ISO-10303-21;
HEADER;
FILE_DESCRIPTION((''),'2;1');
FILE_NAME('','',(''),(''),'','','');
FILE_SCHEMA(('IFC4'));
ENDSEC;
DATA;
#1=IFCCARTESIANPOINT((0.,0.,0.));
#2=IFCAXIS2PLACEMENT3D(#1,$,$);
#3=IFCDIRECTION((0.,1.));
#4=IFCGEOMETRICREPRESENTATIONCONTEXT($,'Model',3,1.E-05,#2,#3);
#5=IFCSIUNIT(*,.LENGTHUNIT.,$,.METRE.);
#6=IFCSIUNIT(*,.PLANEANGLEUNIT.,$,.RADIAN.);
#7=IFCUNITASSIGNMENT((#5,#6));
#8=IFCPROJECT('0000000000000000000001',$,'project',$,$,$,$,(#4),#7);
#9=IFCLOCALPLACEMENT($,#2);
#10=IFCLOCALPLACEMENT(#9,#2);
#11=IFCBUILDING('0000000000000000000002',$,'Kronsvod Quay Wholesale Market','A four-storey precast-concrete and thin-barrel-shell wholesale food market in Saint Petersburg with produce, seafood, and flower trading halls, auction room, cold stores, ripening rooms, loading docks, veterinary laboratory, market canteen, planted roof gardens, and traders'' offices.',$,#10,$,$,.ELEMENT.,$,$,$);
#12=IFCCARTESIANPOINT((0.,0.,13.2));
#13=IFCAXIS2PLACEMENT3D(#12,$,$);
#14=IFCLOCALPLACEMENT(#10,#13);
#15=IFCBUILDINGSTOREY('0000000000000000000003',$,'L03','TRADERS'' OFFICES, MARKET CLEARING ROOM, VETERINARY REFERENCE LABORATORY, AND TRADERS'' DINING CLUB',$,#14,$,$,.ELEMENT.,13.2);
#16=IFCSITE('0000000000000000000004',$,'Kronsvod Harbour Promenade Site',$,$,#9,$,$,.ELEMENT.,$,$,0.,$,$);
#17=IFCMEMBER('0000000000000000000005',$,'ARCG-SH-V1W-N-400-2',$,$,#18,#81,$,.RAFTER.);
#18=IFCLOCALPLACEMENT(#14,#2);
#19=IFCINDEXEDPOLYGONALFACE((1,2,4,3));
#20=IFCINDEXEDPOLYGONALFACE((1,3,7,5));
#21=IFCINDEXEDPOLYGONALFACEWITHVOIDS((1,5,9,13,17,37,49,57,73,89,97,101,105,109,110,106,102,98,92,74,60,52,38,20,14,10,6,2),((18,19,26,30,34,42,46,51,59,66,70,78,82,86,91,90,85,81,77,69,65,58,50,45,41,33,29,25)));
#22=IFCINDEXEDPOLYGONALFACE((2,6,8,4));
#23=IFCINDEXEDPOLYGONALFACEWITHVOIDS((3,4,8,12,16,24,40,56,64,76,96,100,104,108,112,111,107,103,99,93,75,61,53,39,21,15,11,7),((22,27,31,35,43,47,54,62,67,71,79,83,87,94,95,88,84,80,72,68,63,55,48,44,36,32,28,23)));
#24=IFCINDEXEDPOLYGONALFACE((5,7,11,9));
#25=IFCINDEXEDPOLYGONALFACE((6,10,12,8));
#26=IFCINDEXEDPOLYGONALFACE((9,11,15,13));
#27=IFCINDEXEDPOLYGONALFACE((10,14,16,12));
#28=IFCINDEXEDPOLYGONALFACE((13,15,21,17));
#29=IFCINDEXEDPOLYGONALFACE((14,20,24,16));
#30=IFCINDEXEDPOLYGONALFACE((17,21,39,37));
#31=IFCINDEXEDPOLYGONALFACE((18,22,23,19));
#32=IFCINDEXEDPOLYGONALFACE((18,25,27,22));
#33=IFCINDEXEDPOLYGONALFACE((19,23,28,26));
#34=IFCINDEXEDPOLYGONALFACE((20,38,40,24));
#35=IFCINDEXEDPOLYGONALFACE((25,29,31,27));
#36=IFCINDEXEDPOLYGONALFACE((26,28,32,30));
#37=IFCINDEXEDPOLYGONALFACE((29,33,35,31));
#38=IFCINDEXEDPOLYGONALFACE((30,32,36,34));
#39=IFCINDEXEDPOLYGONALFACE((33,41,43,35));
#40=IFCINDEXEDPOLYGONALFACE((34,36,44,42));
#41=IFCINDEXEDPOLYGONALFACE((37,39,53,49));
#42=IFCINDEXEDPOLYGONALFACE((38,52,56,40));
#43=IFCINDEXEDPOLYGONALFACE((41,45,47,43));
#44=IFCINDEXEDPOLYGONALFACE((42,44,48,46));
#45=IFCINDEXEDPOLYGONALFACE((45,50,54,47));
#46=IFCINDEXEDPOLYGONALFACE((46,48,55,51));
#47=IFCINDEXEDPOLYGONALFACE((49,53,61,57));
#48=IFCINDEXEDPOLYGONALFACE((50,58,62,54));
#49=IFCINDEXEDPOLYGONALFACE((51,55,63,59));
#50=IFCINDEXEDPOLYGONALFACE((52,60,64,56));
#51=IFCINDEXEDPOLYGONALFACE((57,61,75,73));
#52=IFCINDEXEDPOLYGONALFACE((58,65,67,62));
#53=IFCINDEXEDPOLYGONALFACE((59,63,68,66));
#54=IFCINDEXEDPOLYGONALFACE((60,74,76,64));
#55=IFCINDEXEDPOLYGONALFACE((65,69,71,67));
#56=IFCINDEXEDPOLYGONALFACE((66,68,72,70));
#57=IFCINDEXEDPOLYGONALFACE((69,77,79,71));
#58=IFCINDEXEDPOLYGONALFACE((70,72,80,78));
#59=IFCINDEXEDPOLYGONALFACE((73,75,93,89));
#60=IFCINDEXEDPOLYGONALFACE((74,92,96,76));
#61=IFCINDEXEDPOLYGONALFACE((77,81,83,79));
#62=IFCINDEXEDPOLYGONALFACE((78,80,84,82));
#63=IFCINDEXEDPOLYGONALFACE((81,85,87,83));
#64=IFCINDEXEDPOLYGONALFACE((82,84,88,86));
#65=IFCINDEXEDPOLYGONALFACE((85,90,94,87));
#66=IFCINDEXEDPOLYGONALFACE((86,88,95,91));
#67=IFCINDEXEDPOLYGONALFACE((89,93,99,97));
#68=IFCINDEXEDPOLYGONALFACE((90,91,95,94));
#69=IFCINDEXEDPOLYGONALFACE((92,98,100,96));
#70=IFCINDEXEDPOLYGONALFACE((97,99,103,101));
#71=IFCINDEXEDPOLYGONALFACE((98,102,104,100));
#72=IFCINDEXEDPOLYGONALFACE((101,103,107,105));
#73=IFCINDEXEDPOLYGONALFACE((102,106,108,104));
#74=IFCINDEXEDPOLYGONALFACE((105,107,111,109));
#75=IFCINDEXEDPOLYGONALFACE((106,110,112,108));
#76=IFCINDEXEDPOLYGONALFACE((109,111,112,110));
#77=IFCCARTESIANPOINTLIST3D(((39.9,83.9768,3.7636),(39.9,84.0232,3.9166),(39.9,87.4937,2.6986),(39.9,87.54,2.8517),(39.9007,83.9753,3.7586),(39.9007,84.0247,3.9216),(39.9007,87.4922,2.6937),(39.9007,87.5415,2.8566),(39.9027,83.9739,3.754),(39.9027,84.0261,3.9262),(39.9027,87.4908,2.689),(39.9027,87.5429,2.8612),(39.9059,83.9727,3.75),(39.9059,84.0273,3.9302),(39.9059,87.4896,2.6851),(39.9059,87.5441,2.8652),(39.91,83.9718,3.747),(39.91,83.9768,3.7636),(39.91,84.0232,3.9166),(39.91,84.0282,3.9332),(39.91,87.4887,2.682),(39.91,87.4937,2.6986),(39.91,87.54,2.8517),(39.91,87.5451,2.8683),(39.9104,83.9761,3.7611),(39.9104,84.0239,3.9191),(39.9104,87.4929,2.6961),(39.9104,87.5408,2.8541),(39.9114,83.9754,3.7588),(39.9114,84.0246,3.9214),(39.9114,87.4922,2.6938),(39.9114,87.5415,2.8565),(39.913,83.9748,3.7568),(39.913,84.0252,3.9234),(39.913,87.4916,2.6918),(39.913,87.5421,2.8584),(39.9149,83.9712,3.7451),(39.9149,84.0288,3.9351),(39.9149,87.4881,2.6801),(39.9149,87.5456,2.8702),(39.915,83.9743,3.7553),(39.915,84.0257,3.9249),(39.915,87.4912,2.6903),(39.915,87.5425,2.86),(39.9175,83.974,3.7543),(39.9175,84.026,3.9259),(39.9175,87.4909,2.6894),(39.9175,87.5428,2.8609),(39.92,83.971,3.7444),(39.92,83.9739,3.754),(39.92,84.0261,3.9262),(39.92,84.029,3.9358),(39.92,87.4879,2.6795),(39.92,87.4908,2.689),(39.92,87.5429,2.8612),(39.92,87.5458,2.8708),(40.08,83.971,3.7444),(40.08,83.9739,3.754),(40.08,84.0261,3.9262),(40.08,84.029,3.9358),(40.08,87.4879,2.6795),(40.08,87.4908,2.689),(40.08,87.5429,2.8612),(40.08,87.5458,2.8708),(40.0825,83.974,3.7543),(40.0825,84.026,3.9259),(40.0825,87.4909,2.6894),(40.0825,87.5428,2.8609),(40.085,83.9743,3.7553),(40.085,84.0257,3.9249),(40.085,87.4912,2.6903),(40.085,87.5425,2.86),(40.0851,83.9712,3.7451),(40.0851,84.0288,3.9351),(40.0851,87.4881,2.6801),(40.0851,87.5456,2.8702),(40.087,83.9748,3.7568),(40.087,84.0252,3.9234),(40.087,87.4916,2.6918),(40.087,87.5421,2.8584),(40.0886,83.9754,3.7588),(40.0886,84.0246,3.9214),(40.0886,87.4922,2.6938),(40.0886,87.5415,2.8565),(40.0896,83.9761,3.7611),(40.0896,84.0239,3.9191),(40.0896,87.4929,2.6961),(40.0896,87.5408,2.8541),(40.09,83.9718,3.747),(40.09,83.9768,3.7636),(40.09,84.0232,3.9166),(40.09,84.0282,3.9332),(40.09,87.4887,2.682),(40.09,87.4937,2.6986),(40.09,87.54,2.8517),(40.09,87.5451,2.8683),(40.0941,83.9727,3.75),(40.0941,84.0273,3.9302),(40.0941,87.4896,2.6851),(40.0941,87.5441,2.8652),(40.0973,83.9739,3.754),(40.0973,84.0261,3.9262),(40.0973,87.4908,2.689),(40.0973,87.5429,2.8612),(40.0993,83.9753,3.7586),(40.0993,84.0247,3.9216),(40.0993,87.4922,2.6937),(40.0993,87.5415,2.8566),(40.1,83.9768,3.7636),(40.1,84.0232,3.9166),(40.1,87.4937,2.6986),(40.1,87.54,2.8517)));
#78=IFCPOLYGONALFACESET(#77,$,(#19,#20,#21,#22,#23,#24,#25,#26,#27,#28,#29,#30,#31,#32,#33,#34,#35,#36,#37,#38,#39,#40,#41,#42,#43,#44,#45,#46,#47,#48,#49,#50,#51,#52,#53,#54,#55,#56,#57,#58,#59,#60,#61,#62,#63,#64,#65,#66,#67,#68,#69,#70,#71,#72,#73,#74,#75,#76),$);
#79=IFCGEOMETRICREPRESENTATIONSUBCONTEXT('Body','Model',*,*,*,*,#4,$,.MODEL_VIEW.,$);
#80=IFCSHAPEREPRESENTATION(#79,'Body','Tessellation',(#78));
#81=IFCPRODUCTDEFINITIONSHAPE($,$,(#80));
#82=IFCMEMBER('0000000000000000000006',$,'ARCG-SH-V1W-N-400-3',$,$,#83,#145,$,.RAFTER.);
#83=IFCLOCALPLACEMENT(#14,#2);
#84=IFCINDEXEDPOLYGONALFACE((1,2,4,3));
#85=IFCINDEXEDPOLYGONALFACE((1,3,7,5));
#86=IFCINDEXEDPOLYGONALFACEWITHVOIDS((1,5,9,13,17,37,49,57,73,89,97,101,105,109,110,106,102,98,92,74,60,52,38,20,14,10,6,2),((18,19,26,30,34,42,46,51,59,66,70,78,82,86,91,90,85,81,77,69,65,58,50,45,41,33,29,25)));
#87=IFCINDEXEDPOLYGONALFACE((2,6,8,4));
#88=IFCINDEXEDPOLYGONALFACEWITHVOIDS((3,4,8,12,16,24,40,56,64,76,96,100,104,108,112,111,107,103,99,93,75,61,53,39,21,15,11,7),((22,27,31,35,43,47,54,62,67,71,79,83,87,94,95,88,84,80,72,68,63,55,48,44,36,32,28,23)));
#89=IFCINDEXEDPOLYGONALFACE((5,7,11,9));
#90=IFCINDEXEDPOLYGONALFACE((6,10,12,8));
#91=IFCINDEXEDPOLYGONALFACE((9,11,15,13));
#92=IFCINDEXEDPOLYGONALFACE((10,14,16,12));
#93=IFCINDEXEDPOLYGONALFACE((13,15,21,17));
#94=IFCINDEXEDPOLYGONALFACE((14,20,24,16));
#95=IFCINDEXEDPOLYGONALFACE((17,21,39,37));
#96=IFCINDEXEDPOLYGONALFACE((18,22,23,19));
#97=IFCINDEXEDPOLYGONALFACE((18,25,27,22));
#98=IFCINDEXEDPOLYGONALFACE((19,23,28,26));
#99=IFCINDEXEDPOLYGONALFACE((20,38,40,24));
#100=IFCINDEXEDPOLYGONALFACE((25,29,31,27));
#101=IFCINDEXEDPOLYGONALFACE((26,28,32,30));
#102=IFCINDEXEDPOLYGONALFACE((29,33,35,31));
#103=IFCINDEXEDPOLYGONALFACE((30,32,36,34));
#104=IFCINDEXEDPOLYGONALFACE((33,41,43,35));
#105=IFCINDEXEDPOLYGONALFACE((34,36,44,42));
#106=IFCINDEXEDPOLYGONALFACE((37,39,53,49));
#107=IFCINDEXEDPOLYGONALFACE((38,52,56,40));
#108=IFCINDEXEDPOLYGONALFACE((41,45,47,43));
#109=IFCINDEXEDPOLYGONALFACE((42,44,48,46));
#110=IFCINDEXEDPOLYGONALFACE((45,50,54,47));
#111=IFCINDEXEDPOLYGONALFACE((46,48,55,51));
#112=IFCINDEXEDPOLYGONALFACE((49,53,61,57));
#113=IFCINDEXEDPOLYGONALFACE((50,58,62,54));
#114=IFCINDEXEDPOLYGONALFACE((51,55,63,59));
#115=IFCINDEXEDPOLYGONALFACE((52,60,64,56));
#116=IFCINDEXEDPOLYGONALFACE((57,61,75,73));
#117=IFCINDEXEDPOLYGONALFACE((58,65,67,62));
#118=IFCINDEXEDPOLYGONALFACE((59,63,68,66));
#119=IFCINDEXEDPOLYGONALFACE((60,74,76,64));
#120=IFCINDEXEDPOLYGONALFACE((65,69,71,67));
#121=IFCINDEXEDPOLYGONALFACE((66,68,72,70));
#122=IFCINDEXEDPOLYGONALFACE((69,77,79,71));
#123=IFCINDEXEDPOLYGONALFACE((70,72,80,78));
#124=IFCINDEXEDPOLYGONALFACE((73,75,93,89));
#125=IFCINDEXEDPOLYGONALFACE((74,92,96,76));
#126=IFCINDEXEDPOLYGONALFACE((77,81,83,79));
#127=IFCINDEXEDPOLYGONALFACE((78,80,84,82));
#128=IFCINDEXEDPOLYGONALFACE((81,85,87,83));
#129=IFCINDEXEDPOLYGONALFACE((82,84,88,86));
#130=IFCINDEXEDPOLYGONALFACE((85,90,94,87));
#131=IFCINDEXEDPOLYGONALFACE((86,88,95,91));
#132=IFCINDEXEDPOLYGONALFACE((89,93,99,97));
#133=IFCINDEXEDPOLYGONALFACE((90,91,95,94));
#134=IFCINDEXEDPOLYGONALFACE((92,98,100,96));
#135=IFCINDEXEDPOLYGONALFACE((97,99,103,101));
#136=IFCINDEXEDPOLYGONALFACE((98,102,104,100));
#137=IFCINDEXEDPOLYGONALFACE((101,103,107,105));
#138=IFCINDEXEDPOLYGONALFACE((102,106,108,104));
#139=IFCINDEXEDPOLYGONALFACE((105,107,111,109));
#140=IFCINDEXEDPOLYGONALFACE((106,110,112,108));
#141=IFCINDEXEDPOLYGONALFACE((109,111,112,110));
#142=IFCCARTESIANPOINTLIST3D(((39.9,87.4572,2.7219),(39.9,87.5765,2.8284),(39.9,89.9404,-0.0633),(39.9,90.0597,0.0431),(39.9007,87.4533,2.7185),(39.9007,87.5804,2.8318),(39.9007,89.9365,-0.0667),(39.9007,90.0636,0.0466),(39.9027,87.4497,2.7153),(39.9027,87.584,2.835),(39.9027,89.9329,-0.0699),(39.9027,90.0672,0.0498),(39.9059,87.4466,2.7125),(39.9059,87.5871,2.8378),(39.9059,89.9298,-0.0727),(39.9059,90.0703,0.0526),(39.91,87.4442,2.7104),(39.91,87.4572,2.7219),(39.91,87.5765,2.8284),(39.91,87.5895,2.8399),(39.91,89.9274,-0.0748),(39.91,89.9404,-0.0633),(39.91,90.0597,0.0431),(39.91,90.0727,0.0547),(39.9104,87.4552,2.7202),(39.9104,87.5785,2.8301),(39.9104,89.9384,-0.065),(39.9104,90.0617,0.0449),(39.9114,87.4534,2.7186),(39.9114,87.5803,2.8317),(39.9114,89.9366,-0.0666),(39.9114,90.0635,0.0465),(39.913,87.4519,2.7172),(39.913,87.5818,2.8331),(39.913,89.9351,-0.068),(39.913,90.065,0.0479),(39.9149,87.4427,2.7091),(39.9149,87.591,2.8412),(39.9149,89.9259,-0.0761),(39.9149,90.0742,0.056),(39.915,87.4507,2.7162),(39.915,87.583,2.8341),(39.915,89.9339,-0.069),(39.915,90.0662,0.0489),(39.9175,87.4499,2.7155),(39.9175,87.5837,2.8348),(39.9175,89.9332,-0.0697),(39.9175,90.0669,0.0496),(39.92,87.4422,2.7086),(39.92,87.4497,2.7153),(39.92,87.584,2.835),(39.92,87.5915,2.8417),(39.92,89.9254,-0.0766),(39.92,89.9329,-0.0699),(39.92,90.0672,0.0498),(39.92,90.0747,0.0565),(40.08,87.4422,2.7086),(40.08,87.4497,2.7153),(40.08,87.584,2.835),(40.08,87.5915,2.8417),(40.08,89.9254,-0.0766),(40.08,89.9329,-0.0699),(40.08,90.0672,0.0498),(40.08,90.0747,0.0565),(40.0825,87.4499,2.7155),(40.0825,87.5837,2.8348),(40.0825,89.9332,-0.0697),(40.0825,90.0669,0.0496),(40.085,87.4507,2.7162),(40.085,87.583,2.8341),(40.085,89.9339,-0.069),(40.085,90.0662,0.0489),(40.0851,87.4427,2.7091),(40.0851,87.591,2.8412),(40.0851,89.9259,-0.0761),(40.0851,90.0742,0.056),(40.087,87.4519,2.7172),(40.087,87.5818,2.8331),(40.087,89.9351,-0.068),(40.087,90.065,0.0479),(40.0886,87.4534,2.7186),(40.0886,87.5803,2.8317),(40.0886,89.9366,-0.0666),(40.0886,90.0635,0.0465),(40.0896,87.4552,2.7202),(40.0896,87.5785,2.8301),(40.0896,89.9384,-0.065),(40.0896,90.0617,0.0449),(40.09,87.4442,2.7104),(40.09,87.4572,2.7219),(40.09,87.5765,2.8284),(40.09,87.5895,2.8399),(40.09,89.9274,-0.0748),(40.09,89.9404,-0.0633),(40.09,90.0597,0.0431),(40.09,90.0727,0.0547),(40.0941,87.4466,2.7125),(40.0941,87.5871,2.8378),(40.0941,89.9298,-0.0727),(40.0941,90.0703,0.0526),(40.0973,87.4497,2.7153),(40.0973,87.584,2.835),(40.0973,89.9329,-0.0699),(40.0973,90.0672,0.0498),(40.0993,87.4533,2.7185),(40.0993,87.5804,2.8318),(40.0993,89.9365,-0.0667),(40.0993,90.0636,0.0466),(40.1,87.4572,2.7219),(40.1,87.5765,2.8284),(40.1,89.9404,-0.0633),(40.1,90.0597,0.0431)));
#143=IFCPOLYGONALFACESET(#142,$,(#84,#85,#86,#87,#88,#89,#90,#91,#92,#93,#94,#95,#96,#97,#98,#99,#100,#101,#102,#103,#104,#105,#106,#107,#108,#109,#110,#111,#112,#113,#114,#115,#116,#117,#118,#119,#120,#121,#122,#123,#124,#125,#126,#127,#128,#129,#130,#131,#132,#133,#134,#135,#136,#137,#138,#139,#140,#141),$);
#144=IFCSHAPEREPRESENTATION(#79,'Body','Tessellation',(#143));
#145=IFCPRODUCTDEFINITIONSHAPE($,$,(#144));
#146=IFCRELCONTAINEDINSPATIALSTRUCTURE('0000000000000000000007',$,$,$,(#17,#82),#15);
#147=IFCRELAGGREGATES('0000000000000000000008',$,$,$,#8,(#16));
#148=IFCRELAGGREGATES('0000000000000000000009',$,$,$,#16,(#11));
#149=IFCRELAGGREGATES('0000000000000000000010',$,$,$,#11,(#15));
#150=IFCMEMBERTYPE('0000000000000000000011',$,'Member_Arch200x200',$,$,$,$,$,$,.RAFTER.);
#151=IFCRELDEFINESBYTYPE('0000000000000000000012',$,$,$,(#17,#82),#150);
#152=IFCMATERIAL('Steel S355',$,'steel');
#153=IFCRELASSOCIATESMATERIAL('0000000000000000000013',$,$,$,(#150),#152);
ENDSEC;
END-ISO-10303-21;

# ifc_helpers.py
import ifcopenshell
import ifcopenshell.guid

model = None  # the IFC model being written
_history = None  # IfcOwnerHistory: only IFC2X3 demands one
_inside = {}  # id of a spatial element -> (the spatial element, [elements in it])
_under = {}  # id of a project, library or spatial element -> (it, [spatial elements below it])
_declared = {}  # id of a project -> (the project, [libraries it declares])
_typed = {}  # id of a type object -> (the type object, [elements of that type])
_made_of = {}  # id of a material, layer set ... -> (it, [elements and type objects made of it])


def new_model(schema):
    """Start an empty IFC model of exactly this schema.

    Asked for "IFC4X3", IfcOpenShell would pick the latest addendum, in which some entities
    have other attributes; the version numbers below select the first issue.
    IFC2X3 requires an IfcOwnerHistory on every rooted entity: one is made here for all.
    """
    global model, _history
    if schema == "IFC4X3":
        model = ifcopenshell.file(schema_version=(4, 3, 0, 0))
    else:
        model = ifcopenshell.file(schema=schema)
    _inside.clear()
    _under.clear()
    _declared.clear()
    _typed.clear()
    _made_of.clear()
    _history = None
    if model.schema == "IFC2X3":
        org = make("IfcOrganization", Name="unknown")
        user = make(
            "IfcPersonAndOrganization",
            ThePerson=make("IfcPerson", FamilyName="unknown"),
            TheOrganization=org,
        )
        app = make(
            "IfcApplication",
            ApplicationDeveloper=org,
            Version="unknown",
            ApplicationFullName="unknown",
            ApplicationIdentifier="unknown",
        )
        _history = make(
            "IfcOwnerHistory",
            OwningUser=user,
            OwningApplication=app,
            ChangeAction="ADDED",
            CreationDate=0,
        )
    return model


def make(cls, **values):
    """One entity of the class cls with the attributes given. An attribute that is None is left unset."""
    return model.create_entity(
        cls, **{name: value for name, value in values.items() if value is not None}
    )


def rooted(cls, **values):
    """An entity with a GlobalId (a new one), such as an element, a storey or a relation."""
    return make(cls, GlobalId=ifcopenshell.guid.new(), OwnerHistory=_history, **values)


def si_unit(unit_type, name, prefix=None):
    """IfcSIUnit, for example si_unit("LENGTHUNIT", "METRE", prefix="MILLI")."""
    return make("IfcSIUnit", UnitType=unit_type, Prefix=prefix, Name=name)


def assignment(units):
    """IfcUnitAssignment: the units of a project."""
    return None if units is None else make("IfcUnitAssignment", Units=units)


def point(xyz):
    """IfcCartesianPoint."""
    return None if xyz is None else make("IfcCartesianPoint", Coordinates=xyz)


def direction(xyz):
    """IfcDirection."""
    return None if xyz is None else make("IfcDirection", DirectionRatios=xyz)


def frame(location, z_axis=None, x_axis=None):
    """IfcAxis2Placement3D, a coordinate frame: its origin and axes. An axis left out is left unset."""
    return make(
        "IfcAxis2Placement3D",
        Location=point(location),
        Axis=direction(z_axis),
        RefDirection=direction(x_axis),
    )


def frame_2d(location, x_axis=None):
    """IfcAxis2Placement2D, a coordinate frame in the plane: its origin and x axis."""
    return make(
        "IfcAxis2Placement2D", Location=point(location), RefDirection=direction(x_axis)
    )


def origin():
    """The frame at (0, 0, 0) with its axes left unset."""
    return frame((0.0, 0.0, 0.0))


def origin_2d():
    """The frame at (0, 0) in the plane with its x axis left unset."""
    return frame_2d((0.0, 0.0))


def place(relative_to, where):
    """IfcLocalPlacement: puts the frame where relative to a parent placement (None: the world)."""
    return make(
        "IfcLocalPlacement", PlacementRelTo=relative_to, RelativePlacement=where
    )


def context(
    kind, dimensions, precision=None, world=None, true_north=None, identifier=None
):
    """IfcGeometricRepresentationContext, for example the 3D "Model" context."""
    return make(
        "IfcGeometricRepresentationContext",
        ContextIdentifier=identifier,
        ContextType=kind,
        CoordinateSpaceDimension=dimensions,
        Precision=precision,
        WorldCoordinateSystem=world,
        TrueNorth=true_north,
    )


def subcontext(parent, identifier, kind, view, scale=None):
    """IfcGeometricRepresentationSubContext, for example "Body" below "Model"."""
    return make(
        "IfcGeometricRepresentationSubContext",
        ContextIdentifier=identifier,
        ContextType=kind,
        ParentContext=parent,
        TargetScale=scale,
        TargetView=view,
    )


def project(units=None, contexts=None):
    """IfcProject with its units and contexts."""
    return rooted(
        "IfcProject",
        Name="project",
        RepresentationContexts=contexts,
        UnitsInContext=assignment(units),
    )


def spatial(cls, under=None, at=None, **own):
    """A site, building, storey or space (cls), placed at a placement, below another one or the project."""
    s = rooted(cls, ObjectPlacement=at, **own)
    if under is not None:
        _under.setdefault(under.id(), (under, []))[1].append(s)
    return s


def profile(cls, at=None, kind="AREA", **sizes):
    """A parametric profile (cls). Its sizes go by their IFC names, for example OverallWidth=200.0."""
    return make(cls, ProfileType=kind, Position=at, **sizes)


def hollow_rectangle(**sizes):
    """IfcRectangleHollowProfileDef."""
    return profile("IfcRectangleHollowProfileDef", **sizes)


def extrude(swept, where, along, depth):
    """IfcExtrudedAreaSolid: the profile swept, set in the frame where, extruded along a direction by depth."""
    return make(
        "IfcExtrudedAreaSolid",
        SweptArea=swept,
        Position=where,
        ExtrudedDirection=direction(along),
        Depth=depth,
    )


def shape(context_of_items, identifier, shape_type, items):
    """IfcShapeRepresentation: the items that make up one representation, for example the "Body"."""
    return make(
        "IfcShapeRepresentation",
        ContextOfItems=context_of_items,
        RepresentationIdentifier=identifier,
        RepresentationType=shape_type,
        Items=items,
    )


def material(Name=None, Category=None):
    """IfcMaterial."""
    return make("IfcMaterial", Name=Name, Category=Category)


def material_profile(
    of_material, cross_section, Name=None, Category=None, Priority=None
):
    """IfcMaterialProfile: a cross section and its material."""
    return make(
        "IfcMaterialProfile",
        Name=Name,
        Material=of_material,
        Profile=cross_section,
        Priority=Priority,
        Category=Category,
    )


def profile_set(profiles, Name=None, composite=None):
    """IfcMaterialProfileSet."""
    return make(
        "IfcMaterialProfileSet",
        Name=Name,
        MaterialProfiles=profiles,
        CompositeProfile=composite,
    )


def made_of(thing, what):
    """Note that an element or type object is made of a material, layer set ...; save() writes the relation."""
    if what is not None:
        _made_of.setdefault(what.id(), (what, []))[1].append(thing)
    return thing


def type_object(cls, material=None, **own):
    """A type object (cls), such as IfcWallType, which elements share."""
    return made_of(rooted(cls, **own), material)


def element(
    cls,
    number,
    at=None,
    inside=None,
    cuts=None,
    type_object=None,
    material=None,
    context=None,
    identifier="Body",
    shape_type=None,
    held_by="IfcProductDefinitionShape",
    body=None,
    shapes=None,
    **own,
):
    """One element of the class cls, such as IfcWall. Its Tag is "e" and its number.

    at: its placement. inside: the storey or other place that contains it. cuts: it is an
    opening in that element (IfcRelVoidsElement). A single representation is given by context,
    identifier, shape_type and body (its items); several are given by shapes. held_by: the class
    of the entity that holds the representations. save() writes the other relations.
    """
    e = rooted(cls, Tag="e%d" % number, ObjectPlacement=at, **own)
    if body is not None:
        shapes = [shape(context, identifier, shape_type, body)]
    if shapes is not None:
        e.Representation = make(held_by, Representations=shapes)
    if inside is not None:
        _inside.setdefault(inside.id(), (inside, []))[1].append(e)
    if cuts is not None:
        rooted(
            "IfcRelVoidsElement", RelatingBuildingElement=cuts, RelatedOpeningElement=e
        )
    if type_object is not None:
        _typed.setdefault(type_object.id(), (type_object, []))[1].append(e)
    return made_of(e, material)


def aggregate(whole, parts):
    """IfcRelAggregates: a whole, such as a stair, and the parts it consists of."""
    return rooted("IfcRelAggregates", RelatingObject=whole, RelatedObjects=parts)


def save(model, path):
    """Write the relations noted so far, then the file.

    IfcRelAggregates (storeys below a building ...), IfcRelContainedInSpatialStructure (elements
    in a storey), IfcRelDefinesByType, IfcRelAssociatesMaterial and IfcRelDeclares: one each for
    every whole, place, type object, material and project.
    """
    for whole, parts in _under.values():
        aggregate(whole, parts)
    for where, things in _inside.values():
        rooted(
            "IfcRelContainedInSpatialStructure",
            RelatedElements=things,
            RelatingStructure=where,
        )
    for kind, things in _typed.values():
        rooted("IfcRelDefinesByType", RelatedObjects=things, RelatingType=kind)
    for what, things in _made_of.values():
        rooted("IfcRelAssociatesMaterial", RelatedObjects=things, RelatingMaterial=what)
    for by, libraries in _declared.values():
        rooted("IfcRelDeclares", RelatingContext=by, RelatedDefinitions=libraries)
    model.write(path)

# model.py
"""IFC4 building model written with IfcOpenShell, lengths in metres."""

from ifc_helpers import new_model, si_unit, direction, frame, origin, origin_2d, place, context, subcontext, project, spatial, hollow_rectangle, extrude, material, material_profile, profile_set, type_object, element, save


model = new_model("IFC4")

# Units and contexts
model_context = context("Model", 3, precision=1e-05, world=origin(), true_north=direction((0.0, 1.0)))
body_context = subcontext(model_context, "Body", "Model", "MODEL_VIEW")
ifc_project = project(units=[si_unit("LENGTHUNIT", "METRE"), si_unit("PLANEANGLEUNIT", "RADIAN")], contexts=[model_context])

# Site, building, storey
site_placement = place(None, origin())
site = spatial("IfcSite", under=ifc_project, at=site_placement, Name="Kronsvod Harbour Promenade Site", CompositionType="ELEMENT", RefElevation=0.0)
building_placement = place(site_placement, origin())
building = spatial("IfcBuilding", under=site, at=building_placement, Name="Kronsvod Quay Wholesale Market", Description="A four-storey precast-concrete and thin-barrel-shell wholesale food market in Saint Petersburg with produce, seafood, and flower trading halls, auction room, cold stores, ripening rooms, loading docks, veterinary laboratory, market canteen, planted roof gardens, and traders' offices.", CompositionType="ELEMENT")
storey_placement = place(building_placement, frame((0.0, 0.0, 13.2)))
storey = spatial("IfcBuildingStorey", under=building, at=storey_placement, Name="L03", Description="TRADERS' OFFICES, MARKET CLEARING ROOM, VETERINARY REFERENCE LABORATORY, AND TRADERS' DINING CLUB", CompositionType="ELEMENT", Elevation=13.2)

# Members
ifc_material_1 = material(Name="Steel S355", Category="steel")
ifc_material_profile_1 = material_profile(ifc_material_1, hollow_rectangle(XDim=0.2, YDim=0.2, WallThickness=0.01, InnerFilletRadius=0.01, OuterFilletRadius=0.02, at=origin_2d()), Name="RHS200x200x10")
ifc_profile_set_1 = profile_set([ifc_material_profile_1], Name="Steel S355")
member_type_1 = type_object("IfcMemberType", Name="Member_Arch200x200", PredefinedType="RAFTER", material=ifc_profile_set_1)
for number, where, z_axis, x_axis, name in (
    (1, (40.0, 84.0, 3.8401), (0.0, 0.957083, -0.289816), (-1.0, 0.0, 0.0), "ARCG-SH-V1W-N-400-2"),
):
    element("IfcMember", number, at=place(storey_placement, frame(where, z_axis=z_axis, x_axis=x_axis)), inside=storey, type_object=member_type_1, Name=name, PredefinedType="RAFTER", context=body_context, shape_type="SweptSolid", body=[
        extrude(hollow_rectangle(XDim=0.2, YDim=0.2, WallThickness=0.01, InnerFilletRadius=0.01, OuterFilletRadius=0.02, at=origin_2d()), origin(), (0.0, 0.0, 1.0), 3.6746),
    ])
for number, where, z_axis, x_axis, name in (
    (2, (40.0, 87.5168, 2.7751), (0.0, 0.66548, -0.746416), (-1.0, 0.0, 0.0), "ARCG-SH-V1W-N-400-3"),
):
    element("IfcMember", number, at=place(storey_placement, frame(where, z_axis=z_axis, x_axis=x_axis)), inside=storey, type_object=member_type_1, Name=name, PredefinedType="RAFTER", context=body_context, shape_type="SweptSolid", body=[
        extrude(hollow_rectangle(XDim=0.2, YDim=0.2, WallThickness=0.01, InnerFilletRadius=0.01, OuterFilletRadius=0.02, at=origin_2d()), origin(), (0.0, 0.0, 1.0), 3.7314),
    ])

save(model, "model.ifc")
